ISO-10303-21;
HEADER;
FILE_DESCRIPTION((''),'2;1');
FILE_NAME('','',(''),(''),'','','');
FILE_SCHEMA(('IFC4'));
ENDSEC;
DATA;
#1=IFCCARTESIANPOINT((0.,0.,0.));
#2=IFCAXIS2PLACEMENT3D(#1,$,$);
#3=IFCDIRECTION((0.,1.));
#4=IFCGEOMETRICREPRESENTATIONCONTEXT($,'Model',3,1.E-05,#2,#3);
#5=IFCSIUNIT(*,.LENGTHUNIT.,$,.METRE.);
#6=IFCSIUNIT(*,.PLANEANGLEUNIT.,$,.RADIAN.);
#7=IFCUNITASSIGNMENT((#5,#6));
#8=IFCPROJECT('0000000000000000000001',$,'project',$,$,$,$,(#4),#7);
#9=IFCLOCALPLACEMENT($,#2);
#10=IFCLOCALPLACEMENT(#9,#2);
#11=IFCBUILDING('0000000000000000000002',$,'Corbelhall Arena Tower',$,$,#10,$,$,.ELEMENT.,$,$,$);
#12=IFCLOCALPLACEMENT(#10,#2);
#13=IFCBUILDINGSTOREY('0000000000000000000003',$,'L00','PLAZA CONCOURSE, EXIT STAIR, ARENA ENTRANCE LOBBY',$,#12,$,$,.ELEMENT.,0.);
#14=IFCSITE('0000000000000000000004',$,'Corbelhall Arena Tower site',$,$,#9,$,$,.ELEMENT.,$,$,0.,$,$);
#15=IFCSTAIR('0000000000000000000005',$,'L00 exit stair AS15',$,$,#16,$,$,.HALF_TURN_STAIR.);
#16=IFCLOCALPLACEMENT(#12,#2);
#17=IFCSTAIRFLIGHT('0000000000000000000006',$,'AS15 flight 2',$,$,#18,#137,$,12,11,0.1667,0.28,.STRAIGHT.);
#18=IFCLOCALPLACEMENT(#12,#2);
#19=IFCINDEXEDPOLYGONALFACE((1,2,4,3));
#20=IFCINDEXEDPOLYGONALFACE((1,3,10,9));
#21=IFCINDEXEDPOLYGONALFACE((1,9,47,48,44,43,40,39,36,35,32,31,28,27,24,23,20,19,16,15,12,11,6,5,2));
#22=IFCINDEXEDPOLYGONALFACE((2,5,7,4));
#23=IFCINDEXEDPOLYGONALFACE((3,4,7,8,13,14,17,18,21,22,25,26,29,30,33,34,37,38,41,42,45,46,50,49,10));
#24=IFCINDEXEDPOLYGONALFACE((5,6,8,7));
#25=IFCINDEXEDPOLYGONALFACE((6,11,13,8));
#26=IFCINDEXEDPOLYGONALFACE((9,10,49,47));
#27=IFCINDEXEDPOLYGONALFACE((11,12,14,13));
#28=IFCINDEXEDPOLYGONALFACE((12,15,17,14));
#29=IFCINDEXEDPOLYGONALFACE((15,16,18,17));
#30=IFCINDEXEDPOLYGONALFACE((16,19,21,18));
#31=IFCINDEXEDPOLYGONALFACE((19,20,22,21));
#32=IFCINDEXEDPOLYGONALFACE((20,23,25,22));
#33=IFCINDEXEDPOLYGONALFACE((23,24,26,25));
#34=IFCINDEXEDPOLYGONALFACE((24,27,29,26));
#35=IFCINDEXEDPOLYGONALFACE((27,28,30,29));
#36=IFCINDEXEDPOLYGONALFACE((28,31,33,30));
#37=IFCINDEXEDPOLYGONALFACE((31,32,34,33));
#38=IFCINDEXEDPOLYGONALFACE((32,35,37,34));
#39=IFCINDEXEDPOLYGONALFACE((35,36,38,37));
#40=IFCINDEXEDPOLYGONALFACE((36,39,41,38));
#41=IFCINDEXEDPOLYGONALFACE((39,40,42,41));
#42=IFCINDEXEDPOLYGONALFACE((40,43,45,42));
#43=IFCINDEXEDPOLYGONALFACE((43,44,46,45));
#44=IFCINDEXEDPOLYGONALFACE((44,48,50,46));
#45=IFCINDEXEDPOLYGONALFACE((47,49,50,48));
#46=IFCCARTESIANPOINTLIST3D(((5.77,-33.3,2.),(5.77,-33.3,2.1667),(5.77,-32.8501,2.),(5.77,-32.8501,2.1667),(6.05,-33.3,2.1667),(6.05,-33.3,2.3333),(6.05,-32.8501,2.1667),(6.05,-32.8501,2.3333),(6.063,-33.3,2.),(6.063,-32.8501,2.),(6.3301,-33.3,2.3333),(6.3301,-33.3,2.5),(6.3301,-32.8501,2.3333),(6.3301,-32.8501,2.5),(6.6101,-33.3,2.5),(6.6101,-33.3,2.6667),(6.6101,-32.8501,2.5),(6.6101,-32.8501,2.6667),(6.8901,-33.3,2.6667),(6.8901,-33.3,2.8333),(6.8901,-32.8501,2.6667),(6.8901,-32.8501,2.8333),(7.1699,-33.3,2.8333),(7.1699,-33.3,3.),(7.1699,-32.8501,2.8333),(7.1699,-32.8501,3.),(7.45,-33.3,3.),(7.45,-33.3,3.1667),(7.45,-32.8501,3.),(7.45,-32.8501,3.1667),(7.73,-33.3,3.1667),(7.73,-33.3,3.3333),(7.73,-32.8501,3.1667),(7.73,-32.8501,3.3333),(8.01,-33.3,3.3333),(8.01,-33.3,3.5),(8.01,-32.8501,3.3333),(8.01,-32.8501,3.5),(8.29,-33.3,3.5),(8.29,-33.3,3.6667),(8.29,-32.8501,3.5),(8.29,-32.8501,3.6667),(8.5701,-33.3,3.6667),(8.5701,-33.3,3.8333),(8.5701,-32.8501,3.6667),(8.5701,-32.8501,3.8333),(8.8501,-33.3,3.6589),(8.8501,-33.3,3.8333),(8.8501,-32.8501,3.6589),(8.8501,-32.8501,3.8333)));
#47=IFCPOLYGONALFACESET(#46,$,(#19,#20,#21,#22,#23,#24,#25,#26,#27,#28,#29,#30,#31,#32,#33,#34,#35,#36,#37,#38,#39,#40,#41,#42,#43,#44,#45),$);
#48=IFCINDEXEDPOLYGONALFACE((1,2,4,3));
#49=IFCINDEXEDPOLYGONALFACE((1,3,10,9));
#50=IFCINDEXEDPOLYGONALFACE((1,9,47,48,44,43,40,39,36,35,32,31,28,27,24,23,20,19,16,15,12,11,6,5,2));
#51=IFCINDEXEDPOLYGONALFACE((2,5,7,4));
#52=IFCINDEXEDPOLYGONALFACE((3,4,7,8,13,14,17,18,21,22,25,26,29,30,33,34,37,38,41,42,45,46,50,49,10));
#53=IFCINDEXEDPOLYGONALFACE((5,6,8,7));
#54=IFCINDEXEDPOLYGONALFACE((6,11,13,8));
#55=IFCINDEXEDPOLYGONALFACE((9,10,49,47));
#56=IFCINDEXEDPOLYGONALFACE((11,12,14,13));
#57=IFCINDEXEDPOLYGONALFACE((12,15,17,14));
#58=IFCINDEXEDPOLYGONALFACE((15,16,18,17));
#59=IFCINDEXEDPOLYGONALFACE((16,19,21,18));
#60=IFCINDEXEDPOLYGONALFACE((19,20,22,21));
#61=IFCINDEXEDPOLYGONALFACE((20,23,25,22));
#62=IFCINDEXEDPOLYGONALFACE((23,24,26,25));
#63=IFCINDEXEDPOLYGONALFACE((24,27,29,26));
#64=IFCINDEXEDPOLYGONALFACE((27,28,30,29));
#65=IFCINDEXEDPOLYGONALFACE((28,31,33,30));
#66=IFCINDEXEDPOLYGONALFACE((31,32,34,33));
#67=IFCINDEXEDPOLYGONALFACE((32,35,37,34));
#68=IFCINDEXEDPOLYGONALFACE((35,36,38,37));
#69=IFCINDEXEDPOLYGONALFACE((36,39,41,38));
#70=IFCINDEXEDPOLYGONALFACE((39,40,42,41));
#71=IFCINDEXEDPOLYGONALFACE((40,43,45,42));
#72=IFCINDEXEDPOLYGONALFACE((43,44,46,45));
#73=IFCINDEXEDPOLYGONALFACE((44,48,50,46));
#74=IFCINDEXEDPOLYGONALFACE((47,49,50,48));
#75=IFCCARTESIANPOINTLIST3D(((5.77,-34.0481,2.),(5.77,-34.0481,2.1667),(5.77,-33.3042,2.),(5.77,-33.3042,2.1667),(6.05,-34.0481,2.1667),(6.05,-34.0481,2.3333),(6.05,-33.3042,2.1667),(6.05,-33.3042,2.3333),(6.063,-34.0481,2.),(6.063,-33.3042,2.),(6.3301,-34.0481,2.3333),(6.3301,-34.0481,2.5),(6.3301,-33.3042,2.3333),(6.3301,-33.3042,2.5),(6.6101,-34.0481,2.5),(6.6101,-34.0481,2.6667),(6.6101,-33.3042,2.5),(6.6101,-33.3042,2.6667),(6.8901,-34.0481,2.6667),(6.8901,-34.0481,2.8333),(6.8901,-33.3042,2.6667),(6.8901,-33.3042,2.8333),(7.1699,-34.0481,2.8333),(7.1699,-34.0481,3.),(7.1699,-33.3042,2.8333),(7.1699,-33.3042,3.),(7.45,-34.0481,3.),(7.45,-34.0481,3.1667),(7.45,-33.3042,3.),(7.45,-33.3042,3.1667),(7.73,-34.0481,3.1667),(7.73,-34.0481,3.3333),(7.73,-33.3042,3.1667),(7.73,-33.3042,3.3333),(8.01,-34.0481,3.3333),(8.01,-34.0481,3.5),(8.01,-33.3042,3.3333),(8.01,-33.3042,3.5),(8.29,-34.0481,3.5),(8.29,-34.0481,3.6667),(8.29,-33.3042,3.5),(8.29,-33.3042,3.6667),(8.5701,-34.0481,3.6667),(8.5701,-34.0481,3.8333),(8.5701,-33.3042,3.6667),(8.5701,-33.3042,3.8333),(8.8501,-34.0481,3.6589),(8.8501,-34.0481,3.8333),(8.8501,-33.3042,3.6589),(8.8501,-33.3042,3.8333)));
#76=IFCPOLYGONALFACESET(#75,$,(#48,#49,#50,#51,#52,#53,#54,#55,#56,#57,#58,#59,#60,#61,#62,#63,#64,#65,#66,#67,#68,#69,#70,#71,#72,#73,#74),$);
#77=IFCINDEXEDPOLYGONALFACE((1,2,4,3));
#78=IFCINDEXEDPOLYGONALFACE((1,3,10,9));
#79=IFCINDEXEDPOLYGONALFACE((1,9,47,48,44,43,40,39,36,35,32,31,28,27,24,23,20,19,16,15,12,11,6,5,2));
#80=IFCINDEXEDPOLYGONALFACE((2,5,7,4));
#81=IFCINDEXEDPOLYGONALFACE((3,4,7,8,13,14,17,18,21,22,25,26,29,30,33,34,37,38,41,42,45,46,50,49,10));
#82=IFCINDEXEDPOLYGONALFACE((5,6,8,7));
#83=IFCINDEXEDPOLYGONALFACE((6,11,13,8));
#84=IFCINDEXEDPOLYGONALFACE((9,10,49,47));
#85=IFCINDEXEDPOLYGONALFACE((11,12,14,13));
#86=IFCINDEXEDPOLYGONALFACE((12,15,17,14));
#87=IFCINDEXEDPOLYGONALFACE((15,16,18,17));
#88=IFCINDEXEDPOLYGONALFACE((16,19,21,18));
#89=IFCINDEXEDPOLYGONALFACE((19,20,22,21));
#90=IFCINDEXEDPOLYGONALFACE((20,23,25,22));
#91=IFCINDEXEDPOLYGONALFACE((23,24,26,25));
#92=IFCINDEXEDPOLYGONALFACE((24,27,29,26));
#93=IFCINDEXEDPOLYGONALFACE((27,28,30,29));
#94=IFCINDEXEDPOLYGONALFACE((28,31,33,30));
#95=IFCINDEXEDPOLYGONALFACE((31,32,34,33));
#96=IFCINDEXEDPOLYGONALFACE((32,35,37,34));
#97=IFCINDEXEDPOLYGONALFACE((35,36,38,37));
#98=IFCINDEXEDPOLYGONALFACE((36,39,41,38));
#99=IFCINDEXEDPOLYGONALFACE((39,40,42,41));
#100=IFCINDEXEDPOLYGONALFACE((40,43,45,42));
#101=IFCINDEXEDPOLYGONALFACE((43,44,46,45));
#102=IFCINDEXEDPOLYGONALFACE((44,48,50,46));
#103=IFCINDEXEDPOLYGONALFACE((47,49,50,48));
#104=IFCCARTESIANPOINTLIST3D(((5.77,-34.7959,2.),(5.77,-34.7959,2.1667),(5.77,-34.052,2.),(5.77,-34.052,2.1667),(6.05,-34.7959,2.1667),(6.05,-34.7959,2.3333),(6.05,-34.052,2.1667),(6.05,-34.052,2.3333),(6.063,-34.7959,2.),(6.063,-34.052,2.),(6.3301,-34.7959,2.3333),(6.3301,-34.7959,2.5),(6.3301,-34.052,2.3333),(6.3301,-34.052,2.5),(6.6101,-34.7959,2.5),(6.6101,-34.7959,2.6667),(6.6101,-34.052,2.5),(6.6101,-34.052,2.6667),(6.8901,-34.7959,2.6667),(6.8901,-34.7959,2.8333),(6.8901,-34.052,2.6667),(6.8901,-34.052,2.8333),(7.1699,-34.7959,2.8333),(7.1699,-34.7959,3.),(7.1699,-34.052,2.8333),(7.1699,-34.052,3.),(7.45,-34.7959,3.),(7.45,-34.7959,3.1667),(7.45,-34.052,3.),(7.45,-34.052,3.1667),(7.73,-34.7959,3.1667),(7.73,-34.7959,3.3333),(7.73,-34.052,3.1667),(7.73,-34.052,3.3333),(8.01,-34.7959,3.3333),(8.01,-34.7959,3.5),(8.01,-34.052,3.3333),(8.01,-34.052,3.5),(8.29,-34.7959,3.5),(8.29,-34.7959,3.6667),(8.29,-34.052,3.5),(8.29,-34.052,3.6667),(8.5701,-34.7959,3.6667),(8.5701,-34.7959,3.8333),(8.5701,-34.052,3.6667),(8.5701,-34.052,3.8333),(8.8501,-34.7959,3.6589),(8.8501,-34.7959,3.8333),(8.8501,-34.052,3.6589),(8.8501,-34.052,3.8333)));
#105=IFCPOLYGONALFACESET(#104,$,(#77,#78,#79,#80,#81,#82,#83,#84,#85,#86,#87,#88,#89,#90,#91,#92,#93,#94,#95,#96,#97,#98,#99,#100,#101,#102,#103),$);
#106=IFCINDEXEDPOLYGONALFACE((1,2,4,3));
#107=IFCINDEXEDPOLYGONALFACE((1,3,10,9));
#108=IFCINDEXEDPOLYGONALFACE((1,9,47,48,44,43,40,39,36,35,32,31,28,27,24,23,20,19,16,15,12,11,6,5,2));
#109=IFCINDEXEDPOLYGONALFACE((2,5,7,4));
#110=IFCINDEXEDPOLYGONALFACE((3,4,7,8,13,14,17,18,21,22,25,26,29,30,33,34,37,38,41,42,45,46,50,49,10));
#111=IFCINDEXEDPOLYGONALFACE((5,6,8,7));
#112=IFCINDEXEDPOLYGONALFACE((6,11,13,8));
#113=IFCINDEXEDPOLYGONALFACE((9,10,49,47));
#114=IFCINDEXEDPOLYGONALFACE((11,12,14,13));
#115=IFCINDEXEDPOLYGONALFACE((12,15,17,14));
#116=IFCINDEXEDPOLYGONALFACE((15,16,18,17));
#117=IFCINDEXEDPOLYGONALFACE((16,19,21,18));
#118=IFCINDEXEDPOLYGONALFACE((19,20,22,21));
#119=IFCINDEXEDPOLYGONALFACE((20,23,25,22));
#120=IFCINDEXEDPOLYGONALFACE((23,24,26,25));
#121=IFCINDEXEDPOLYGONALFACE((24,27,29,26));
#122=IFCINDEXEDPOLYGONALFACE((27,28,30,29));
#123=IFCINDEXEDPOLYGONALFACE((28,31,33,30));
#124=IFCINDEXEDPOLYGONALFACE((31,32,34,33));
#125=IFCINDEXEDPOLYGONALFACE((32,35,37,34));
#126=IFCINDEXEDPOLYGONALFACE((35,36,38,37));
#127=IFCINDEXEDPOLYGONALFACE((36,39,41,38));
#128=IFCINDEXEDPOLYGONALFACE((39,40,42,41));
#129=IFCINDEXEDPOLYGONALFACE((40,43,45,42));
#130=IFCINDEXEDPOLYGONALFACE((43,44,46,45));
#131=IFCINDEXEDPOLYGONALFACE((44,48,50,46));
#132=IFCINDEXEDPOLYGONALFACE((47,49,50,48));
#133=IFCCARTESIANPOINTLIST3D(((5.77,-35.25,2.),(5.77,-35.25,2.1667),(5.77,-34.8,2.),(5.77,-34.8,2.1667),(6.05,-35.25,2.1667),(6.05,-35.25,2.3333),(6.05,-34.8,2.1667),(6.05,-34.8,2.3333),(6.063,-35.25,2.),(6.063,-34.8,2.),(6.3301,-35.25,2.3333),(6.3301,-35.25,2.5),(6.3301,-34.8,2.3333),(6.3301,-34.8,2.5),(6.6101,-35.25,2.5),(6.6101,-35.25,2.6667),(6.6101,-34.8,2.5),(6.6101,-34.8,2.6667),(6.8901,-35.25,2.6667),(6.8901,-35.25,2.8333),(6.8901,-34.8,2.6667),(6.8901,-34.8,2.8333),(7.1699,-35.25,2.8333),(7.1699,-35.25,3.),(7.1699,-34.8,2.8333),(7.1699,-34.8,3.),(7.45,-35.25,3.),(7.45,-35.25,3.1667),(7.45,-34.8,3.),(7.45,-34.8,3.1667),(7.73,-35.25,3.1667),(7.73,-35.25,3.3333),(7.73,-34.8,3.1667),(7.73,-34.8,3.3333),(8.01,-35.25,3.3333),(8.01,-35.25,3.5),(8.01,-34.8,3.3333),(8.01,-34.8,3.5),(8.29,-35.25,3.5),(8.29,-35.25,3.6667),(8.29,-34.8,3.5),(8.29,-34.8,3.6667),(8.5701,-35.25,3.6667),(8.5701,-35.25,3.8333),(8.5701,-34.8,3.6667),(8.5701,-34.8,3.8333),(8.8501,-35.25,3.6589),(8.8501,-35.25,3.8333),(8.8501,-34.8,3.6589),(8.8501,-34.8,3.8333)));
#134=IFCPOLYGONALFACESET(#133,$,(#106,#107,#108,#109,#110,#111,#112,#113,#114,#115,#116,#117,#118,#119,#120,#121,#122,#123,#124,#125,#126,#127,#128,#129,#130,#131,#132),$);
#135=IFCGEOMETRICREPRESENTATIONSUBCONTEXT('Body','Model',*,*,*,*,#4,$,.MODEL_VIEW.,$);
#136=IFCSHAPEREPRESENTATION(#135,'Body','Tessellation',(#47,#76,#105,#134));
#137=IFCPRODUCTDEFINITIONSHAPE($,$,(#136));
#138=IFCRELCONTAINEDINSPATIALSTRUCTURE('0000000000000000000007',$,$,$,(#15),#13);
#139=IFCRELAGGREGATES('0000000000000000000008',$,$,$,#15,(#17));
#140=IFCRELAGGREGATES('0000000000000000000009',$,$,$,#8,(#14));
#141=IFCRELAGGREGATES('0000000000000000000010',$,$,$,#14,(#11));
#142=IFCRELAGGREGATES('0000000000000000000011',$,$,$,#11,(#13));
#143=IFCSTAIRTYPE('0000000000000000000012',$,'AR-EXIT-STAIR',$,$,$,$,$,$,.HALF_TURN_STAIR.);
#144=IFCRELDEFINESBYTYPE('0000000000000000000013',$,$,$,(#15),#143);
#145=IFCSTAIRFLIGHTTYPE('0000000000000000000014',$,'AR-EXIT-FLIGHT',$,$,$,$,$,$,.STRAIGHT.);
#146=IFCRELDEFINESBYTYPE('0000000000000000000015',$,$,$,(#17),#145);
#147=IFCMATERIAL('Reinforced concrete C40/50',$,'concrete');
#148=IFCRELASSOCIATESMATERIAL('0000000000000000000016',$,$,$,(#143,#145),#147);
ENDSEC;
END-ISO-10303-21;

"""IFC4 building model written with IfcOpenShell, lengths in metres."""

from ifc_helpers import new_model, si_unit, direction, frame, origin, place, context, subcontext, project, spatial, polyline, outline, extrude, material, type_object, element, aggregate, save


model = new_model("IFC4")

# Units and contexts
model_context = context("Model", 3, precision=1e-05, world=origin(), true_north=direction((0.0, 1.0)))
body_context = subcontext(model_context, "Body", "Model", "MODEL_VIEW")
ifc_project = project(units=[si_unit("LENGTHUNIT", "METRE"), si_unit("PLANEANGLEUNIT", "RADIAN")], contexts=[model_context])

# Site, building, storey
site_placement = place(None, origin())
site = spatial("IfcSite", under=ifc_project, at=site_placement, Name="Corbelhall Arena Tower site", CompositionType="ELEMENT", RefElevation=0.0)
building_placement = place(site_placement, origin())
building = spatial("IfcBuilding", under=site, at=building_placement, Name="Corbelhall Arena Tower", CompositionType="ELEMENT")
storey_placement = place(building_placement, origin())
storey = spatial("IfcBuildingStorey", under=building, at=storey_placement, Name="L00", Description="PLAZA CONCOURSE, EXIT STAIR, ARENA ENTRANCE LOBBY", CompositionType="ELEMENT", Elevation=0.0)

# Shared definitions
ifc_material_1 = material(Name="Reinforced concrete C40/50", Category="concrete")

# Stair, stair flight
stair_type = type_object("IfcStairType", Name="AR-EXIT-STAIR", PredefinedType="HALF_TURN_STAIR", material=ifc_material_1)
stair_1_placement = place(storey_placement, origin())
stair_1 = element("IfcStair", 1, at=stair_1_placement, inside=storey, type_object=stair_type, Name="L00 exit stair AS15", PredefinedType="HALF_TURN_STAIR")
stair_flight_type = type_object("IfcStairFlightType", Name="AR-EXIT-FLIGHT", PredefinedType="STRAIGHT", material=ifc_material_1)
stair_flight_1_placement = place(storey_placement, frame((5.77, -34.05, 2.0), z_axis=(0.0, 0.0, 1.0), x_axis=(1.0, 0.0, 0.0)))
stair_flight_1 = element("IfcStairFlight", 2, at=stair_flight_1_placement, type_object=stair_flight_type, Name="AS15 flight 2", NumberOfRisers=12, NumberOfTreads=11, PredefinedType="STRAIGHT", RiserHeight=0.1667, TreadLength=0.28, context=body_context, shape_type="SweptSolid", body=[
    extrude(outline(polyline([(0.0, 0.0), (0.0, 0.1667), (0.28, 0.1667), (0.28, 0.3333), (0.5601, 0.3333), (0.5601, 0.5), (0.8401, 0.5), (0.8401, 0.6667), (1.1201, 0.6667), (1.1201, 0.8333), (1.3999, 0.8333), (1.3999, 1.0), (1.6799, 1.0), (1.6799, 1.1667), (1.96, 1.1667), (1.96, 1.3333), (2.24, 1.3333), (2.24, 1.5), (2.52, 1.5), (2.52, 1.6667), (2.8, 1.6667), (2.8, 1.8333), (3.0801, 1.8333), (3.0801, 2.0), (3.0801, 1.6589), (0.293, 0.0), (0.0, 0.0)])), frame((0.0, 1.2, 0.0), z_axis=(0.0, -1.0, 0.0), x_axis=(1.0, 0.0, 0.0)), (0.0, 0.0, 1.0), 0.45),
    extrude(outline(polyline([(0.0, 0.0), (0.0, 0.1667), (0.28, 0.1667), (0.28, 0.3333), (0.5601, 0.3333), (0.5601, 0.5), (0.8401, 0.5), (0.8401, 0.6667), (1.1201, 0.6667), (1.1201, 0.8333), (1.3999, 0.8333), (1.3999, 1.0), (1.6799, 1.0), (1.6799, 1.1667), (1.96, 1.1667), (1.96, 1.3333), (2.24, 1.3333), (2.24, 1.5), (2.52, 1.5), (2.52, 1.6667), (2.8, 1.6667), (2.8, 1.8333), (3.0801, 1.8333), (3.0801, 2.0), (3.0801, 1.6589), (0.293, 0.0), (0.0, 0.0)])), frame((0.0, 0.7458, 0.0), z_axis=(0.0, -1.0, 0.0), x_axis=(1.0, 0.0, 0.0)), (0.0, 0.0, 1.0), 0.7439),
    extrude(outline(polyline([(0.0, 0.0), (0.0, 0.1667), (0.28, 0.1667), (0.28, 0.3333), (0.5601, 0.3333), (0.5601, 0.5), (0.8401, 0.5), (0.8401, 0.6667), (1.1201, 0.6667), (1.1201, 0.8333), (1.3999, 0.8333), (1.3999, 1.0), (1.6799, 1.0), (1.6799, 1.1667), (1.96, 1.1667), (1.96, 1.3333), (2.24, 1.3333), (2.24, 1.5), (2.52, 1.5), (2.52, 1.6667), (2.8, 1.6667), (2.8, 1.8333), (3.0801, 1.8333), (3.0801, 2.0), (3.0801, 1.6589), (0.293, 0.0), (0.0, 0.0)])), frame((0.0, -0.002, 0.0), z_axis=(0.0, -1.0, 0.0), x_axis=(1.0, 0.0, 0.0)), (0.0, 0.0, 1.0), 0.7439),
    extrude(outline(polyline([(0.0, 0.0), (0.0, 0.1667), (0.28, 0.1667), (0.28, 0.3333), (0.5601, 0.3333), (0.5601, 0.5), (0.8401, 0.5), (0.8401, 0.6667), (1.1201, 0.6667), (1.1201, 0.8333), (1.3999, 0.8333), (1.3999, 1.0), (1.6799, 1.0), (1.6799, 1.1667), (1.96, 1.1667), (1.96, 1.3333), (2.24, 1.3333), (2.24, 1.5), (2.52, 1.5), (2.52, 1.6667), (2.8, 1.6667), (2.8, 1.8333), (3.0801, 1.8333), (3.0801, 2.0), (3.0801, 1.6589), (0.293, 0.0), (0.0, 0.0)])), frame((0.0, -0.75, 0.0), z_axis=(0.0, -1.0, 0.0), x_axis=(1.0, 0.0, 0.0)), (0.0, 0.0, 1.0), 0.45),
])
aggregate(stair_1, [stair_flight_1])

save(model, "model.ifc")
